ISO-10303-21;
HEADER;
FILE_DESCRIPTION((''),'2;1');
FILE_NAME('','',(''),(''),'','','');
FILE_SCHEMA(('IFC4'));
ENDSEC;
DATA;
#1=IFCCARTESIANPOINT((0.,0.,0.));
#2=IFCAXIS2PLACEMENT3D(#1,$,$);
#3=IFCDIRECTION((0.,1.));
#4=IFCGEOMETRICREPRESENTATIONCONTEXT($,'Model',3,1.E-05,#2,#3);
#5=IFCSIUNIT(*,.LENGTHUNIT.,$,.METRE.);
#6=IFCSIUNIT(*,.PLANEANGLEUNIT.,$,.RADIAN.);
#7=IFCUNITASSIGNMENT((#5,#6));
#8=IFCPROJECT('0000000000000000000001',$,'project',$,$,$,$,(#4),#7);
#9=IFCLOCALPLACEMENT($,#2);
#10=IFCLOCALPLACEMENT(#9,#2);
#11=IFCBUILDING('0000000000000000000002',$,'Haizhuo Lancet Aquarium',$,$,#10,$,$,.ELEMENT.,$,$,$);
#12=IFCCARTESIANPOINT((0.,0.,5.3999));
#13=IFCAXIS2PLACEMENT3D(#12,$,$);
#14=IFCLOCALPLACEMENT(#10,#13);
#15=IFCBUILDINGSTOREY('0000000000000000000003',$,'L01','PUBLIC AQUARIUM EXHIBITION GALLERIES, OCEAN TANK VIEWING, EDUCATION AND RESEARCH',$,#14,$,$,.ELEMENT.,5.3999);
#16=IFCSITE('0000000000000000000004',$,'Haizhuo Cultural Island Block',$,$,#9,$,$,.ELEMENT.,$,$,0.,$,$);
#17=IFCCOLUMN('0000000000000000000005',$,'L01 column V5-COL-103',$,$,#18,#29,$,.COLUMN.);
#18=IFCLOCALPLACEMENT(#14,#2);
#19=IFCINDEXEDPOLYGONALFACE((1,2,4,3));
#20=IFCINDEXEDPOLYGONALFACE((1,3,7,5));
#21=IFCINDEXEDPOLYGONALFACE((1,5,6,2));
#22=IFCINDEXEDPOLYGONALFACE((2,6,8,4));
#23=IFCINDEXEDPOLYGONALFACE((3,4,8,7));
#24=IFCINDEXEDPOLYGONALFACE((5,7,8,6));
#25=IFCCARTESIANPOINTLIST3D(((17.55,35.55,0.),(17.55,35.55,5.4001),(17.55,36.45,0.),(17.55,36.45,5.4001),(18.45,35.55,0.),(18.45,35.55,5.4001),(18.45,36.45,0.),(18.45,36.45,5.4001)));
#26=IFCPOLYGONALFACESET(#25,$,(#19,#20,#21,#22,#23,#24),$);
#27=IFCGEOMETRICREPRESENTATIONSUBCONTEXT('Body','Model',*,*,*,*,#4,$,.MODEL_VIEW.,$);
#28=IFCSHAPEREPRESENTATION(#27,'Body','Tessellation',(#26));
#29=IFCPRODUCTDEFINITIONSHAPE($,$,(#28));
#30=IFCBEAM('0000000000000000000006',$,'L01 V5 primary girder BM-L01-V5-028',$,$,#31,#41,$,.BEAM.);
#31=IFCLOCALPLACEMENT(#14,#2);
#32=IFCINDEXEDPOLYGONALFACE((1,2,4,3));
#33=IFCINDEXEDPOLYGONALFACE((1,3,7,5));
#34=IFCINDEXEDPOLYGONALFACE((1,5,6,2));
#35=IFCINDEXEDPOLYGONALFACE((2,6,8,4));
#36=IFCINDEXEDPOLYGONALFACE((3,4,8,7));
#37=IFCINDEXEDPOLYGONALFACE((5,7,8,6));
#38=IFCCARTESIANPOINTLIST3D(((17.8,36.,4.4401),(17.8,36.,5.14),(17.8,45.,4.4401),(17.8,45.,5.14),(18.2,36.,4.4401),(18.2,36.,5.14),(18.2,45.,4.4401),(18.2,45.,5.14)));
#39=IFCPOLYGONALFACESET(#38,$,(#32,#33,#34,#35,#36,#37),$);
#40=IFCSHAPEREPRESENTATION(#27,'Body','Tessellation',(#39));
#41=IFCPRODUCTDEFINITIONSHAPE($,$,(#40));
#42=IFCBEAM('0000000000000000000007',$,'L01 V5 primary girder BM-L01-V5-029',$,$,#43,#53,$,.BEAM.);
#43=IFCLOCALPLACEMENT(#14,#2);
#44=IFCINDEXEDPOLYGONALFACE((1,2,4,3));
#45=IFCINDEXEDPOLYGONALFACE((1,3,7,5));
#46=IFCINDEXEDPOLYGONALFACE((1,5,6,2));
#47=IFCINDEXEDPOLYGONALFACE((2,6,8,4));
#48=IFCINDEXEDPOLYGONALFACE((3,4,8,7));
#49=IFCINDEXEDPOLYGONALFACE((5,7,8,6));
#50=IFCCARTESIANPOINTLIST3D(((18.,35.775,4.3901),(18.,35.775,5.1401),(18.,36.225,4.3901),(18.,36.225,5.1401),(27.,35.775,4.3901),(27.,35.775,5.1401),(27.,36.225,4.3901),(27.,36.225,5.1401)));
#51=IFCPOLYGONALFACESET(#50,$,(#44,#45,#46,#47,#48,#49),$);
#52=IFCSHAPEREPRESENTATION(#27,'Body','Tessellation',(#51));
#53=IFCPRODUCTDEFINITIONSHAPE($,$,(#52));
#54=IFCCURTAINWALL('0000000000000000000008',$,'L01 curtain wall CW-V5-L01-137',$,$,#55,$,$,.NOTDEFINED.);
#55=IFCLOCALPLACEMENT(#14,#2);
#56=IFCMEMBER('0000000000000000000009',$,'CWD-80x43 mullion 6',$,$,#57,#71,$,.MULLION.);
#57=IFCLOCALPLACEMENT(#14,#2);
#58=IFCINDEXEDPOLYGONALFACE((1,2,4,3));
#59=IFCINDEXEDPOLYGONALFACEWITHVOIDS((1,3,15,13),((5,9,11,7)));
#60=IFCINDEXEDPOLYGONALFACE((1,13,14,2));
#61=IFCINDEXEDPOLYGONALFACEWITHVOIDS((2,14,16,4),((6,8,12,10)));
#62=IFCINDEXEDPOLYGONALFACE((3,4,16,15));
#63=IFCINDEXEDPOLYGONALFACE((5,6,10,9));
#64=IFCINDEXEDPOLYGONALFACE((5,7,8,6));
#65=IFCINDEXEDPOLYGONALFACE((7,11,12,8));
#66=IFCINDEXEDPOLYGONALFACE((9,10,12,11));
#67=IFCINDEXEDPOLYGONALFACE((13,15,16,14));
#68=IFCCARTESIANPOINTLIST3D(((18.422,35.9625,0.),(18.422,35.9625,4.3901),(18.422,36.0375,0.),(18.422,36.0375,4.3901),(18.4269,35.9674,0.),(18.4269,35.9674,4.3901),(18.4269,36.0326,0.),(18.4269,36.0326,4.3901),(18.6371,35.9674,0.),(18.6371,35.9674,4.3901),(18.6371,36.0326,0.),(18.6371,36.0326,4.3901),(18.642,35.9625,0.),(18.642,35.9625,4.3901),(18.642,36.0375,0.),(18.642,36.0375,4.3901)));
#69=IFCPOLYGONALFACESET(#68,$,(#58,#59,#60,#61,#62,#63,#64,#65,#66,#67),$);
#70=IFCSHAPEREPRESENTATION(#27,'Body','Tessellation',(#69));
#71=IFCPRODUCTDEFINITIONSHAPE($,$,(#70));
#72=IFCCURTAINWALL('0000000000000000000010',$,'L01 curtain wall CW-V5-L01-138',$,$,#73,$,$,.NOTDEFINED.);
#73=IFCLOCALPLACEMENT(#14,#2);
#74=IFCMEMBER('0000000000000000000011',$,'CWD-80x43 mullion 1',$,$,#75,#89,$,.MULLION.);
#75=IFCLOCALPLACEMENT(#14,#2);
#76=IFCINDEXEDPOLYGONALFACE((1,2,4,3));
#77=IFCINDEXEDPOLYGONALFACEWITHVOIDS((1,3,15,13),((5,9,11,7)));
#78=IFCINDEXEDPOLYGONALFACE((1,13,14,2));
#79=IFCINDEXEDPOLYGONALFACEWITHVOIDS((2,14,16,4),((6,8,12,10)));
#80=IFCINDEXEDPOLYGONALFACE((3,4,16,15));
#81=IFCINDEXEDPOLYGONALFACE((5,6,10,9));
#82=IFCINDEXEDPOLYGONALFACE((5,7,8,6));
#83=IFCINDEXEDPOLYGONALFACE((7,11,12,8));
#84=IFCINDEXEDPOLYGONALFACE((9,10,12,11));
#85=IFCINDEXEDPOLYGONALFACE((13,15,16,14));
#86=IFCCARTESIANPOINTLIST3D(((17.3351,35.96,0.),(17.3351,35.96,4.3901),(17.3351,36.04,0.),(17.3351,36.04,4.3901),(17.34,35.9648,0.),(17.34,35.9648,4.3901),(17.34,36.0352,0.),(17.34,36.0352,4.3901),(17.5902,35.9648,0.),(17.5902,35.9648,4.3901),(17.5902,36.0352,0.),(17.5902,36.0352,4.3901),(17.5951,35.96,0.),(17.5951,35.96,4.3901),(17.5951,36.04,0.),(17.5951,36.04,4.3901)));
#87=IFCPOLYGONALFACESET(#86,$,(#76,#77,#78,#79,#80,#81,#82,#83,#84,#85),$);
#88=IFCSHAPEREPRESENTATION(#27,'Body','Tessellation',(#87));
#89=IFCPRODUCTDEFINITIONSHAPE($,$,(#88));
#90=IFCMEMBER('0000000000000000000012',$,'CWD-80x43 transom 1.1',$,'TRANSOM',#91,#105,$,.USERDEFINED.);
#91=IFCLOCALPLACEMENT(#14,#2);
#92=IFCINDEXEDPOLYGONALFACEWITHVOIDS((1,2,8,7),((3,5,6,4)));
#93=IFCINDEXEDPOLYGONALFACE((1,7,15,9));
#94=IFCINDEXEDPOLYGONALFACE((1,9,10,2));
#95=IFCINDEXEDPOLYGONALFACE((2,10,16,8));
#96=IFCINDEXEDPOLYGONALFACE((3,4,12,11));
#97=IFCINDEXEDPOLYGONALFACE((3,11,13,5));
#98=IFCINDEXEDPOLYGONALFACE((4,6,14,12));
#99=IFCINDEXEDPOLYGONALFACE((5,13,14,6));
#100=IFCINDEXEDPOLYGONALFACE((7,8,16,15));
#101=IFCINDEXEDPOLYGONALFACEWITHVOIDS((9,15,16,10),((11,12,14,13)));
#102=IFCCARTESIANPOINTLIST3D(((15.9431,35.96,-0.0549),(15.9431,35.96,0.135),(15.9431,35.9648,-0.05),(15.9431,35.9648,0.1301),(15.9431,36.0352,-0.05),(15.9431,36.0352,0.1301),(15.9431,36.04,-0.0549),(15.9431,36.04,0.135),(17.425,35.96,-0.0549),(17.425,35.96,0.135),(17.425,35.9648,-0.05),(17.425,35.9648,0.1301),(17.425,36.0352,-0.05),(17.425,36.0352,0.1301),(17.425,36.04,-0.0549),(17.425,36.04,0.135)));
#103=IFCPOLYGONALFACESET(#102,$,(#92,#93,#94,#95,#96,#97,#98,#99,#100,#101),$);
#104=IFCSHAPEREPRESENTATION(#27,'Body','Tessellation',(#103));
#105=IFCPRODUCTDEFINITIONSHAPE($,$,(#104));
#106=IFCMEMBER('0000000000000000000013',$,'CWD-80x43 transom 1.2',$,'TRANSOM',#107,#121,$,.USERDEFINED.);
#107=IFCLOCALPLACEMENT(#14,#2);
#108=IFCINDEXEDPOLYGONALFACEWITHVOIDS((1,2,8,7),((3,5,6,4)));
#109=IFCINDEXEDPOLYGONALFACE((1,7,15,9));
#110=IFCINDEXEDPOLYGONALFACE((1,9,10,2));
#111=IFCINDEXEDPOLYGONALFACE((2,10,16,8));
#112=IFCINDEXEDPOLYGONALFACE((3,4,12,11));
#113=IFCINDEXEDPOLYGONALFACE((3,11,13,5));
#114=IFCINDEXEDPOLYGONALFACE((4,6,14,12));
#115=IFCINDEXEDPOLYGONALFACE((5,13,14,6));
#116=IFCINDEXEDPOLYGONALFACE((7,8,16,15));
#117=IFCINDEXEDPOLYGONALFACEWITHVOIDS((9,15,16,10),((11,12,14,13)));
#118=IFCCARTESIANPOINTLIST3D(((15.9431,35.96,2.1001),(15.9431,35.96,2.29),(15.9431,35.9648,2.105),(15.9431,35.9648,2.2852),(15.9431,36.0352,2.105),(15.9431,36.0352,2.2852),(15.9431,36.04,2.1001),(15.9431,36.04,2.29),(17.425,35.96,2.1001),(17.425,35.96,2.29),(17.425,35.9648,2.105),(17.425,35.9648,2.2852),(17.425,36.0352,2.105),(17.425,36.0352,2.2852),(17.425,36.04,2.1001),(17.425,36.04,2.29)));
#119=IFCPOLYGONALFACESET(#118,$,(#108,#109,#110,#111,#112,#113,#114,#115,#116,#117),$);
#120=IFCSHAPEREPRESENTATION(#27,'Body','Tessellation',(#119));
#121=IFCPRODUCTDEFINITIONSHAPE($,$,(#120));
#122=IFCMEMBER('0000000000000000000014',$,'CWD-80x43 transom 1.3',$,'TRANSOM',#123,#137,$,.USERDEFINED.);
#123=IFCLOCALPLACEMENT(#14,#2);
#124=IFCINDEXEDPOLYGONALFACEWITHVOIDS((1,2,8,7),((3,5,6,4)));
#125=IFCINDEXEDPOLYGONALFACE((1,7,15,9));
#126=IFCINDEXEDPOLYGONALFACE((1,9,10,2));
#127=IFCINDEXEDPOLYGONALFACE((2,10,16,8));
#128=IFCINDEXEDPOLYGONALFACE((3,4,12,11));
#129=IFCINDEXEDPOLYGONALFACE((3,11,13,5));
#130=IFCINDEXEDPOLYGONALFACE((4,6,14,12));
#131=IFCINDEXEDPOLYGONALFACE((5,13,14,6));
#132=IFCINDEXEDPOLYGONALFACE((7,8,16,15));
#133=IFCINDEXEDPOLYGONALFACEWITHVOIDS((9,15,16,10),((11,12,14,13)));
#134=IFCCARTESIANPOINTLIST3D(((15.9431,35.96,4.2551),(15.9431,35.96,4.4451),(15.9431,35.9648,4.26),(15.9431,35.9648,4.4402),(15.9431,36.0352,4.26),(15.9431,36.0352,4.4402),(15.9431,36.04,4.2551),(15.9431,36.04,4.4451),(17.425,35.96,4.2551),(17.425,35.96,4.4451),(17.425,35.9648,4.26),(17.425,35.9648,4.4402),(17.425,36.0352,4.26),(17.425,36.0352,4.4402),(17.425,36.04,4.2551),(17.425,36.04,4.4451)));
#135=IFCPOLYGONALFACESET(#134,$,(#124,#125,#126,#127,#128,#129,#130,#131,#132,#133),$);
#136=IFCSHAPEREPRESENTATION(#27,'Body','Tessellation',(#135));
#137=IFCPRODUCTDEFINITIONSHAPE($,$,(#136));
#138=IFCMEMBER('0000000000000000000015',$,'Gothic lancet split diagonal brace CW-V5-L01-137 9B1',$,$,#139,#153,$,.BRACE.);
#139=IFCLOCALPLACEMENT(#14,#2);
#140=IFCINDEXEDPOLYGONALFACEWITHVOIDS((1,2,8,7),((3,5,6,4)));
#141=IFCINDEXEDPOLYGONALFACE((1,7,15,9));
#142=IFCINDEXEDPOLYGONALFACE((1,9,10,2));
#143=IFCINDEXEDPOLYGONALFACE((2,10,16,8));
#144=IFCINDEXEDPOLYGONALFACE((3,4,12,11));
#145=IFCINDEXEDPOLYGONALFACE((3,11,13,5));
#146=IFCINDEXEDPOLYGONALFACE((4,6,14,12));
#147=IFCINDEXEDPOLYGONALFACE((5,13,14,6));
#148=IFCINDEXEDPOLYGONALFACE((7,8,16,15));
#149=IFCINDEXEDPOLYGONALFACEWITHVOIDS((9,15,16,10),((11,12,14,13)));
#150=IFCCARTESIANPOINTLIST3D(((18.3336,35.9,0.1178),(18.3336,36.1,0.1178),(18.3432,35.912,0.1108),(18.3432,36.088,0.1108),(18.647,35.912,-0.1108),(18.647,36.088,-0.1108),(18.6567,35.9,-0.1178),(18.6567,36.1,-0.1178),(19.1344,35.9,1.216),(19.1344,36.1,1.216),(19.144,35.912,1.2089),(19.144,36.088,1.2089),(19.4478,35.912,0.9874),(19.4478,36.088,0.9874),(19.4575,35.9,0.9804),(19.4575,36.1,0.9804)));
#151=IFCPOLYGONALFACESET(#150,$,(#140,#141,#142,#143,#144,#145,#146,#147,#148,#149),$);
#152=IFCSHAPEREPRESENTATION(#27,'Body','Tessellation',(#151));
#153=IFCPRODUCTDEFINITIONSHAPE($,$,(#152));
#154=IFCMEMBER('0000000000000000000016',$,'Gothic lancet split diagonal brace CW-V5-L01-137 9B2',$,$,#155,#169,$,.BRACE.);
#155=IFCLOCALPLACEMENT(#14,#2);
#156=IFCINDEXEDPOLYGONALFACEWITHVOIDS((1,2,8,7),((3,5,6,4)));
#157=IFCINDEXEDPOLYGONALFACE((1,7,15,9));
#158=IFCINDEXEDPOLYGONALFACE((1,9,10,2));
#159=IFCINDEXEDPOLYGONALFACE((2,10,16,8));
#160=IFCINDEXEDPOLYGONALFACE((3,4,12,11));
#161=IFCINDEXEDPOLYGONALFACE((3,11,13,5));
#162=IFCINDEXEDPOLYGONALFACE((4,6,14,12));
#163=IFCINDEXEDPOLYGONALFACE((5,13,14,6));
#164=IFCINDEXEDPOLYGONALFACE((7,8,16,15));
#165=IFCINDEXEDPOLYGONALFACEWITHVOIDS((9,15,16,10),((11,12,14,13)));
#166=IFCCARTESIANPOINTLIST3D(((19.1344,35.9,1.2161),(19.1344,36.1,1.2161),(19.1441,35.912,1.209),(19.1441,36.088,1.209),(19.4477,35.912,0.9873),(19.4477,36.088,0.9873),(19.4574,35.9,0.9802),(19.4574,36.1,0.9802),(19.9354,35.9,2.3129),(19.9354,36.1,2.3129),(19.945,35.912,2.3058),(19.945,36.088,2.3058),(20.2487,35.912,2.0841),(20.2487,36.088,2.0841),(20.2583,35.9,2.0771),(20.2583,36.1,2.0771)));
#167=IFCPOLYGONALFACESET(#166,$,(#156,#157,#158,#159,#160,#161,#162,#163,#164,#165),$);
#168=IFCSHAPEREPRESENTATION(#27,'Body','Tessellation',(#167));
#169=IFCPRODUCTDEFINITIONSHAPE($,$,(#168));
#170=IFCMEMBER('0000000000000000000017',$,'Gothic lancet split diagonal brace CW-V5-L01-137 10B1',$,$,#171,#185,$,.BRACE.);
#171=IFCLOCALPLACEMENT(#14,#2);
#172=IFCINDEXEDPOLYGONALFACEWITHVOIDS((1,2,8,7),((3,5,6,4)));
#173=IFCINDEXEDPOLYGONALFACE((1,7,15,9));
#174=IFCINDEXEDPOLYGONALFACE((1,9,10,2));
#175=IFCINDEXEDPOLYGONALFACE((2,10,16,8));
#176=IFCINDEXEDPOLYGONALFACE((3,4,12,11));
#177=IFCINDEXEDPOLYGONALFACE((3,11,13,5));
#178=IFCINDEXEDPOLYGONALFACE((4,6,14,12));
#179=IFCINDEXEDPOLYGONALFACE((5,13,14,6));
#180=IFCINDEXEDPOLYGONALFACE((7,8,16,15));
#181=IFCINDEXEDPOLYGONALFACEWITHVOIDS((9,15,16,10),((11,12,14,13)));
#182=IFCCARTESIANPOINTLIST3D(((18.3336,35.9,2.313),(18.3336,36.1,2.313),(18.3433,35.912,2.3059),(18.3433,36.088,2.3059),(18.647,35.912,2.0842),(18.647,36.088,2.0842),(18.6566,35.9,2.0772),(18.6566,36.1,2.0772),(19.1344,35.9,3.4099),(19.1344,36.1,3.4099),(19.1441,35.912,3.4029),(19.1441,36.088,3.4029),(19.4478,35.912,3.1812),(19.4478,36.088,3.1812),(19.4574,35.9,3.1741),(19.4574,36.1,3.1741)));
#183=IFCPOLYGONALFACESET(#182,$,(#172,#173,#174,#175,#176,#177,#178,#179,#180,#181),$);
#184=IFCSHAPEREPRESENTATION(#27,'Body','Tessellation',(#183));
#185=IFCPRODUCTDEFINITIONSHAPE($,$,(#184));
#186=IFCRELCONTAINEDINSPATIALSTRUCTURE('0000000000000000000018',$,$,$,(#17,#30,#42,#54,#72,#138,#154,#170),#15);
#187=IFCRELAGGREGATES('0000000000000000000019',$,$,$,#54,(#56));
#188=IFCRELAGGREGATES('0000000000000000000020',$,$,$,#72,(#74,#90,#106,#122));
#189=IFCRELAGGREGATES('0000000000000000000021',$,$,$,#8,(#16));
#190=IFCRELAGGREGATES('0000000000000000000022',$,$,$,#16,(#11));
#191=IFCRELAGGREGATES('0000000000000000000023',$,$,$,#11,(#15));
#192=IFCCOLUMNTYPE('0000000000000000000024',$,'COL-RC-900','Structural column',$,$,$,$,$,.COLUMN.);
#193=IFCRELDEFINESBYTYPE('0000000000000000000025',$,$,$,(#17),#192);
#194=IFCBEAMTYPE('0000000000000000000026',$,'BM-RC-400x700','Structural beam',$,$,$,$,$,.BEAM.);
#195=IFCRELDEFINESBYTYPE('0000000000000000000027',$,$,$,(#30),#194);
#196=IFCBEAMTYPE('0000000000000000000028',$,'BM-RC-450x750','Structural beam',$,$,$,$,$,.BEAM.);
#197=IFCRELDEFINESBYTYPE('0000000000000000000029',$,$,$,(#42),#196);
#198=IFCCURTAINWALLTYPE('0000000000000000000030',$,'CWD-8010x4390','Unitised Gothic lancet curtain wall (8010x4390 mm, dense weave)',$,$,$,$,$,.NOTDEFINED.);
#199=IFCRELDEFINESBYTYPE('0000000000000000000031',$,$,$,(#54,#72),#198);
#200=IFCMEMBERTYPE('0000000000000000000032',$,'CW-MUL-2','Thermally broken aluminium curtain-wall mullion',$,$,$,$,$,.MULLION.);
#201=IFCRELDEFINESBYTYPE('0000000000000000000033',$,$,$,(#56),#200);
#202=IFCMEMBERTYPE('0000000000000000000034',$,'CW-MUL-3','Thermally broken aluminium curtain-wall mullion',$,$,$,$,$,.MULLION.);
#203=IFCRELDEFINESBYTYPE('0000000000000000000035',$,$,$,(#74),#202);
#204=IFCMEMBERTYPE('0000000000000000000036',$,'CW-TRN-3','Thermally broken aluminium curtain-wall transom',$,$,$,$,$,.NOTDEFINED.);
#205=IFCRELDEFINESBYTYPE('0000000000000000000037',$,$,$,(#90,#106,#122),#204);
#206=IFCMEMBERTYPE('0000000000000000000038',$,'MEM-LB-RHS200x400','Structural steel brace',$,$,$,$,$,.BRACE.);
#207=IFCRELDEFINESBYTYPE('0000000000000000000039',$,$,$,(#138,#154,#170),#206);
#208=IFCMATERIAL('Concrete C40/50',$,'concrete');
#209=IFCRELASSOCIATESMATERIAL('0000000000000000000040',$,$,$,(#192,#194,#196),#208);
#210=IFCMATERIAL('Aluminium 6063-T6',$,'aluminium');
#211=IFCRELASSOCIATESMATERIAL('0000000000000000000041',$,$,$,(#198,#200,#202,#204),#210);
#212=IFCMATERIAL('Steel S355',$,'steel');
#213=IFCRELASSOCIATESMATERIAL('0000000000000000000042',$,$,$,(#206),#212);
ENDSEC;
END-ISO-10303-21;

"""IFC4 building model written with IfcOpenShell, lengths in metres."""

from ifc_helpers import new_model, si_unit, direction, frame, origin, origin_2d, place, context, subcontext, project, spatial, rectangle, hollow_rectangle, extrude, material, material_profile, profile_set, type_object, element, aggregate, save


model = new_model("IFC4")

# Units and contexts
model_context = context("Model", 3, precision=1e-05, world=origin(), true_north=direction((0.0, 1.0)))
body_context = subcontext(model_context, "Body", "Model", "MODEL_VIEW")
ifc_project = project(units=[si_unit("LENGTHUNIT", "METRE"), si_unit("PLANEANGLEUNIT", "RADIAN")], contexts=[model_context])

# Site, building, storey
site_placement = place(None, origin())
site = spatial("IfcSite", under=ifc_project, at=site_placement, Name="Haizhuo Cultural Island Block", CompositionType="ELEMENT", RefElevation=0.0)
building_placement = place(site_placement, origin())
building = spatial("IfcBuilding", under=site, at=building_placement, Name="Haizhuo Lancet Aquarium", CompositionType="ELEMENT")
storey_placement = place(building_placement, frame((0.0, 0.0, 5.3999)))
storey = spatial("IfcBuildingStorey", under=building, at=storey_placement, Name="L01", Description="PUBLIC AQUARIUM EXHIBITION GALLERIES, OCEAN TANK VIEWING, EDUCATION AND RESEARCH", CompositionType="ELEMENT", Elevation=5.3999)

# Column
ifc_material_1 = material(Name="Concrete C40/50", Category="concrete")
ifc_material_profile_1 = material_profile(ifc_material_1, rectangle(XDim=0.8999, YDim=0.8999, at=origin_2d()), Name="RC-COL 900x900")
ifc_profile_set_1 = profile_set([ifc_material_profile_1], Name="Concrete C40/50")
column_type = type_object("IfcColumnType", Name="COL-RC-900", Description="Structural column", PredefinedType="COLUMN", material=ifc_profile_set_1)
column_placement = place(storey_placement, frame((18.0, 36.0, 0.0), z_axis=(0.0, 0.0, 1.0), x_axis=(1.0, 0.0, 0.0)))
element("IfcColumn", 1, at=column_placement, inside=storey, type_object=column_type, Name="L01 column V5-COL-103", PredefinedType="COLUMN", context=body_context, shape_type="SweptSolid", body=[
    extrude(rectangle(XDim=0.8999, YDim=0.8999, at=origin_2d()), origin(), (0.0, 0.0, 1.0), 5.4001),
])

# Beams
ifc_material_profile_2 = material_profile(ifc_material_1, rectangle(XDim=0.3999, YDim=0.7, at=origin_2d()), Name="RC-BM 400x700")
ifc_profile_set_2 = profile_set([ifc_material_profile_2], Name="Concrete C40/50")
beam_type_1 = type_object("IfcBeamType", Name="BM-RC-400x700", Description="Structural beam", PredefinedType="BEAM", material=ifc_profile_set_2)
beam_1_placement = place(storey_placement, frame((18.0, 36.0, 4.79), z_axis=(0.0, 1.0, 0.0), x_axis=(-1.0, 0.0, 0.0)))
element("IfcBeam", 2, at=beam_1_placement, inside=storey, type_object=beam_type_1, Name="L01 V5 primary girder BM-L01-V5-028", PredefinedType="BEAM", context=body_context, shape_type="SweptSolid", body=[
    extrude(rectangle(XDim=0.3999, YDim=0.7, at=origin_2d()), origin(), (0.0, 0.0, 1.0), 9.0),
])
ifc_material_profile_3 = material_profile(ifc_material_1, rectangle(XDim=0.45, YDim=0.75, at=origin_2d()), Name="RC-BM 450x750")
ifc_profile_set_3 = profile_set([ifc_material_profile_3], Name="Concrete C40/50")
beam_type_2 = type_object("IfcBeamType", Name="BM-RC-450x750", Description="Structural beam", PredefinedType="BEAM", material=ifc_profile_set_3)
beam_2_placement = place(storey_placement, frame((18.0, 36.0, 4.7651), z_axis=(1.0, 0.0, 0.0), x_axis=(0.0, 1.0, 0.0)))
element("IfcBeam", 3, at=beam_2_placement, inside=storey, type_object=beam_type_2, Name="L01 V5 primary girder BM-L01-V5-029", PredefinedType="BEAM", context=body_context, shape_type="SweptSolid", body=[
    extrude(rectangle(XDim=0.45, YDim=0.75, at=origin_2d()), origin(), (0.0, 0.0, 1.0), 9.0),
])

# Curtain wall, member
ifc_material_2 = material(Name="Aluminium 6063-T6", Category="aluminium")
curtain_wall_type = type_object("IfcCurtainWallType", Name="CWD-8010x4390", Description="Unitised Gothic lancet curtain wall (8010x4390 mm, dense weave)", PredefinedType="NOTDEFINED", material=ifc_material_2)
curtain_wall_1_placement = place(storey_placement, origin())
curtain_wall_1 = element("IfcCurtainWall", 4, at=curtain_wall_1_placement, inside=storey, type_object=curtain_wall_type, Name="L01 curtain wall CW-V5-L01-137", PredefinedType="NOTDEFINED")
ifc_material_profile_4 = material_profile(ifc_material_2, hollow_rectangle(XDim=0.075, YDim=0.22, WallThickness=0.0049, at=origin_2d()), Name="ALU-M 75x220x5")
ifc_profile_set_4 = profile_set([ifc_material_profile_4], Name="Aluminium 6063-T6")
member_type_1 = type_object("IfcMemberType", Name="CW-MUL-2", Description="Thermally broken aluminium curtain-wall mullion", PredefinedType="MULLION", material=ifc_profile_set_4)
member_1_placement = place(storey_placement, frame((18.532, 36.0, 0.0), z_axis=(0.0, 0.0, 1.0), x_axis=(0.0, -1.0, 0.0)))
member_1 = element("IfcMember", 5, at=member_1_placement, type_object=member_type_1, Name="CWD-80x43 mullion 6", PredefinedType="MULLION", context=body_context, shape_type="SweptSolid", body=[
    extrude(hollow_rectangle(XDim=0.075, YDim=0.22, WallThickness=0.0049, at=origin_2d()), origin(), (0.0, 0.0, 1.0), 4.3901),
])

# Curtain wall, members
curtain_wall_2_placement = place(storey_placement, origin())
curtain_wall_2 = element("IfcCurtainWall", 6, at=curtain_wall_2_placement, inside=storey, type_object=curtain_wall_type, Name="L01 curtain wall CW-V5-L01-138", PredefinedType="NOTDEFINED")
ifc_material_profile_5 = material_profile(ifc_material_2, hollow_rectangle(XDim=0.0801, YDim=0.26, WallThickness=0.0049, at=origin_2d()), Name="ALU-M 80x260x5")
ifc_profile_set_5 = profile_set([ifc_material_profile_5], Name="Aluminium 6063-T6")
member_type_2 = type_object("IfcMemberType", Name="CW-MUL-3", Description="Thermally broken aluminium curtain-wall mullion", PredefinedType="MULLION", material=ifc_profile_set_5)
member_2_placement = place(storey_placement, frame((17.4651, 36.0, 0.0), z_axis=(0.0, 0.0, 1.0), x_axis=(0.0, -1.0, 0.0)))
member_2 = element("IfcMember", 7, at=member_2_placement, type_object=member_type_2, Name="CWD-80x43 mullion 1", PredefinedType="MULLION", context=body_context, shape_type="SweptSolid", body=[
    extrude(hollow_rectangle(XDim=0.0801, YDim=0.26, WallThickness=0.0049, at=origin_2d()), origin(), (0.0, 0.0, 1.0), 4.3901),
])
ifc_material_profile_6 = material_profile(ifc_material_2, hollow_rectangle(XDim=0.0801, YDim=0.1899, WallThickness=0.0049, at=origin_2d()), Name="ALU-T 80x190x5")
ifc_profile_set_6 = profile_set([ifc_material_profile_6], Name="Aluminium 6063-T6")
member_type_3 = type_object("IfcMemberType", Name="CW-TRN-3", Description="Thermally broken aluminium curtain-wall transom", PredefinedType="NOTDEFINED", material=ifc_profile_set_6)
member_3_placement = place(storey_placement, frame((17.425, 36.0, 0.04), z_axis=(-1.0, 0.0, 0.0), x_axis=(0.0, -1.0, 0.0)))
member_3 = element("IfcMember", 8, at=member_3_placement, type_object=member_type_3, Name="CWD-80x43 transom 1.1", ObjectType="TRANSOM", PredefinedType="USERDEFINED", context=body_context, shape_type="SweptSolid", body=[
    extrude(hollow_rectangle(XDim=0.0801, YDim=0.1899, WallThickness=0.0049, at=origin_2d()), origin(), (0.0, 0.0, 1.0), 1.4819),
])
member_4_placement = place(storey_placement, frame((17.425, 36.0, 2.1951), z_axis=(-1.0, 0.0, 0.0), x_axis=(0.0, -1.0, 0.0)))
member_4 = element("IfcMember", 9, at=member_4_placement, type_object=member_type_3, Name="CWD-80x43 transom 1.2", ObjectType="TRANSOM", PredefinedType="USERDEFINED", context=body_context, shape_type="SweptSolid", body=[
    extrude(hollow_rectangle(XDim=0.0801, YDim=0.1899, WallThickness=0.0049, at=origin_2d()), origin(), (0.0, 0.0, 1.0), 1.4819),
])
member_5_placement = place(storey_placement, frame((17.425, 36.0, 4.3501), z_axis=(-1.0, 0.0, 0.0), x_axis=(0.0, -1.0, 0.0)))
member_5 = element("IfcMember", 10, at=member_5_placement, type_object=member_type_3, Name="CWD-80x43 transom 1.3", ObjectType="TRANSOM", PredefinedType="USERDEFINED", context=body_context, shape_type="SweptSolid", body=[
    extrude(hollow_rectangle(XDim=0.0801, YDim=0.1899, WallThickness=0.0049, at=origin_2d()), origin(), (0.0, 0.0, 1.0), 1.4819),
])

# Members
ifc_material_3 = material(Name="Steel S355", Category="steel")
ifc_material_profile_7 = material_profile(ifc_material_3, hollow_rectangle(XDim=0.2, YDim=0.3999, WallThickness=0.012, at=origin_2d()), Name="RHS 200x400x12")
ifc_profile_set_7 = profile_set([ifc_material_profile_7], Name="Steel S355")
member_type_4 = type_object("IfcMemberType", Name="MEM-LB-RHS200x400", Description="Structural steel brace", PredefinedType="BRACE", material=ifc_profile_set_7)
member_6_placement = place(storey_placement, frame((18.4951, 36.0, 0.0), z_axis=(0.589197, 0.0, 0.80799), x_axis=(0.0, 1.0, 0.0)))
element("IfcMember", 11, at=member_6_placement, inside=storey, type_object=member_type_4, Name="Gothic lancet split diagonal brace CW-V5-L01-137 9B1", PredefinedType="BRACE", context=body_context, shape_type="SweptSolid", body=[
    extrude(hollow_rectangle(XDim=0.2, YDim=0.3999, WallThickness=0.012, at=origin_2d()), origin(), (0.0, 0.0, 1.0), 1.3591),
])
for number, where, z_axis, x_axis, name in (
    (12, (19.2959, 36.0, 1.0981), (0.589742, 0.0, 0.807592), (0.0, 1.0, 0.0), "Gothic lancet split diagonal brace CW-V5-L01-137 9B2"),
    (13, (18.4951, 36.0, 2.1951), (0.589624, 0.0, 0.807678), (0.0, 1.0, 0.0), "Gothic lancet split diagonal brace CW-V5-L01-137 10B1"),
):
    element("IfcMember", number, at=place(storey_placement, frame(where, z_axis=z_axis, x_axis=x_axis)), inside=storey, type_object=member_type_4, Name=name, PredefinedType="BRACE", context=body_context, shape_type="SweptSolid", body=[
        extrude(hollow_rectangle(XDim=0.2, YDim=0.3999, WallThickness=0.012, at=origin_2d()), origin(), (0.0, 0.0, 1.0), 1.3582),
    ])

aggregate(curtain_wall_1, [member_1])
aggregate(curtain_wall_2, [member_2, member_3, member_4, member_5])

save(model, "model.ifc")
